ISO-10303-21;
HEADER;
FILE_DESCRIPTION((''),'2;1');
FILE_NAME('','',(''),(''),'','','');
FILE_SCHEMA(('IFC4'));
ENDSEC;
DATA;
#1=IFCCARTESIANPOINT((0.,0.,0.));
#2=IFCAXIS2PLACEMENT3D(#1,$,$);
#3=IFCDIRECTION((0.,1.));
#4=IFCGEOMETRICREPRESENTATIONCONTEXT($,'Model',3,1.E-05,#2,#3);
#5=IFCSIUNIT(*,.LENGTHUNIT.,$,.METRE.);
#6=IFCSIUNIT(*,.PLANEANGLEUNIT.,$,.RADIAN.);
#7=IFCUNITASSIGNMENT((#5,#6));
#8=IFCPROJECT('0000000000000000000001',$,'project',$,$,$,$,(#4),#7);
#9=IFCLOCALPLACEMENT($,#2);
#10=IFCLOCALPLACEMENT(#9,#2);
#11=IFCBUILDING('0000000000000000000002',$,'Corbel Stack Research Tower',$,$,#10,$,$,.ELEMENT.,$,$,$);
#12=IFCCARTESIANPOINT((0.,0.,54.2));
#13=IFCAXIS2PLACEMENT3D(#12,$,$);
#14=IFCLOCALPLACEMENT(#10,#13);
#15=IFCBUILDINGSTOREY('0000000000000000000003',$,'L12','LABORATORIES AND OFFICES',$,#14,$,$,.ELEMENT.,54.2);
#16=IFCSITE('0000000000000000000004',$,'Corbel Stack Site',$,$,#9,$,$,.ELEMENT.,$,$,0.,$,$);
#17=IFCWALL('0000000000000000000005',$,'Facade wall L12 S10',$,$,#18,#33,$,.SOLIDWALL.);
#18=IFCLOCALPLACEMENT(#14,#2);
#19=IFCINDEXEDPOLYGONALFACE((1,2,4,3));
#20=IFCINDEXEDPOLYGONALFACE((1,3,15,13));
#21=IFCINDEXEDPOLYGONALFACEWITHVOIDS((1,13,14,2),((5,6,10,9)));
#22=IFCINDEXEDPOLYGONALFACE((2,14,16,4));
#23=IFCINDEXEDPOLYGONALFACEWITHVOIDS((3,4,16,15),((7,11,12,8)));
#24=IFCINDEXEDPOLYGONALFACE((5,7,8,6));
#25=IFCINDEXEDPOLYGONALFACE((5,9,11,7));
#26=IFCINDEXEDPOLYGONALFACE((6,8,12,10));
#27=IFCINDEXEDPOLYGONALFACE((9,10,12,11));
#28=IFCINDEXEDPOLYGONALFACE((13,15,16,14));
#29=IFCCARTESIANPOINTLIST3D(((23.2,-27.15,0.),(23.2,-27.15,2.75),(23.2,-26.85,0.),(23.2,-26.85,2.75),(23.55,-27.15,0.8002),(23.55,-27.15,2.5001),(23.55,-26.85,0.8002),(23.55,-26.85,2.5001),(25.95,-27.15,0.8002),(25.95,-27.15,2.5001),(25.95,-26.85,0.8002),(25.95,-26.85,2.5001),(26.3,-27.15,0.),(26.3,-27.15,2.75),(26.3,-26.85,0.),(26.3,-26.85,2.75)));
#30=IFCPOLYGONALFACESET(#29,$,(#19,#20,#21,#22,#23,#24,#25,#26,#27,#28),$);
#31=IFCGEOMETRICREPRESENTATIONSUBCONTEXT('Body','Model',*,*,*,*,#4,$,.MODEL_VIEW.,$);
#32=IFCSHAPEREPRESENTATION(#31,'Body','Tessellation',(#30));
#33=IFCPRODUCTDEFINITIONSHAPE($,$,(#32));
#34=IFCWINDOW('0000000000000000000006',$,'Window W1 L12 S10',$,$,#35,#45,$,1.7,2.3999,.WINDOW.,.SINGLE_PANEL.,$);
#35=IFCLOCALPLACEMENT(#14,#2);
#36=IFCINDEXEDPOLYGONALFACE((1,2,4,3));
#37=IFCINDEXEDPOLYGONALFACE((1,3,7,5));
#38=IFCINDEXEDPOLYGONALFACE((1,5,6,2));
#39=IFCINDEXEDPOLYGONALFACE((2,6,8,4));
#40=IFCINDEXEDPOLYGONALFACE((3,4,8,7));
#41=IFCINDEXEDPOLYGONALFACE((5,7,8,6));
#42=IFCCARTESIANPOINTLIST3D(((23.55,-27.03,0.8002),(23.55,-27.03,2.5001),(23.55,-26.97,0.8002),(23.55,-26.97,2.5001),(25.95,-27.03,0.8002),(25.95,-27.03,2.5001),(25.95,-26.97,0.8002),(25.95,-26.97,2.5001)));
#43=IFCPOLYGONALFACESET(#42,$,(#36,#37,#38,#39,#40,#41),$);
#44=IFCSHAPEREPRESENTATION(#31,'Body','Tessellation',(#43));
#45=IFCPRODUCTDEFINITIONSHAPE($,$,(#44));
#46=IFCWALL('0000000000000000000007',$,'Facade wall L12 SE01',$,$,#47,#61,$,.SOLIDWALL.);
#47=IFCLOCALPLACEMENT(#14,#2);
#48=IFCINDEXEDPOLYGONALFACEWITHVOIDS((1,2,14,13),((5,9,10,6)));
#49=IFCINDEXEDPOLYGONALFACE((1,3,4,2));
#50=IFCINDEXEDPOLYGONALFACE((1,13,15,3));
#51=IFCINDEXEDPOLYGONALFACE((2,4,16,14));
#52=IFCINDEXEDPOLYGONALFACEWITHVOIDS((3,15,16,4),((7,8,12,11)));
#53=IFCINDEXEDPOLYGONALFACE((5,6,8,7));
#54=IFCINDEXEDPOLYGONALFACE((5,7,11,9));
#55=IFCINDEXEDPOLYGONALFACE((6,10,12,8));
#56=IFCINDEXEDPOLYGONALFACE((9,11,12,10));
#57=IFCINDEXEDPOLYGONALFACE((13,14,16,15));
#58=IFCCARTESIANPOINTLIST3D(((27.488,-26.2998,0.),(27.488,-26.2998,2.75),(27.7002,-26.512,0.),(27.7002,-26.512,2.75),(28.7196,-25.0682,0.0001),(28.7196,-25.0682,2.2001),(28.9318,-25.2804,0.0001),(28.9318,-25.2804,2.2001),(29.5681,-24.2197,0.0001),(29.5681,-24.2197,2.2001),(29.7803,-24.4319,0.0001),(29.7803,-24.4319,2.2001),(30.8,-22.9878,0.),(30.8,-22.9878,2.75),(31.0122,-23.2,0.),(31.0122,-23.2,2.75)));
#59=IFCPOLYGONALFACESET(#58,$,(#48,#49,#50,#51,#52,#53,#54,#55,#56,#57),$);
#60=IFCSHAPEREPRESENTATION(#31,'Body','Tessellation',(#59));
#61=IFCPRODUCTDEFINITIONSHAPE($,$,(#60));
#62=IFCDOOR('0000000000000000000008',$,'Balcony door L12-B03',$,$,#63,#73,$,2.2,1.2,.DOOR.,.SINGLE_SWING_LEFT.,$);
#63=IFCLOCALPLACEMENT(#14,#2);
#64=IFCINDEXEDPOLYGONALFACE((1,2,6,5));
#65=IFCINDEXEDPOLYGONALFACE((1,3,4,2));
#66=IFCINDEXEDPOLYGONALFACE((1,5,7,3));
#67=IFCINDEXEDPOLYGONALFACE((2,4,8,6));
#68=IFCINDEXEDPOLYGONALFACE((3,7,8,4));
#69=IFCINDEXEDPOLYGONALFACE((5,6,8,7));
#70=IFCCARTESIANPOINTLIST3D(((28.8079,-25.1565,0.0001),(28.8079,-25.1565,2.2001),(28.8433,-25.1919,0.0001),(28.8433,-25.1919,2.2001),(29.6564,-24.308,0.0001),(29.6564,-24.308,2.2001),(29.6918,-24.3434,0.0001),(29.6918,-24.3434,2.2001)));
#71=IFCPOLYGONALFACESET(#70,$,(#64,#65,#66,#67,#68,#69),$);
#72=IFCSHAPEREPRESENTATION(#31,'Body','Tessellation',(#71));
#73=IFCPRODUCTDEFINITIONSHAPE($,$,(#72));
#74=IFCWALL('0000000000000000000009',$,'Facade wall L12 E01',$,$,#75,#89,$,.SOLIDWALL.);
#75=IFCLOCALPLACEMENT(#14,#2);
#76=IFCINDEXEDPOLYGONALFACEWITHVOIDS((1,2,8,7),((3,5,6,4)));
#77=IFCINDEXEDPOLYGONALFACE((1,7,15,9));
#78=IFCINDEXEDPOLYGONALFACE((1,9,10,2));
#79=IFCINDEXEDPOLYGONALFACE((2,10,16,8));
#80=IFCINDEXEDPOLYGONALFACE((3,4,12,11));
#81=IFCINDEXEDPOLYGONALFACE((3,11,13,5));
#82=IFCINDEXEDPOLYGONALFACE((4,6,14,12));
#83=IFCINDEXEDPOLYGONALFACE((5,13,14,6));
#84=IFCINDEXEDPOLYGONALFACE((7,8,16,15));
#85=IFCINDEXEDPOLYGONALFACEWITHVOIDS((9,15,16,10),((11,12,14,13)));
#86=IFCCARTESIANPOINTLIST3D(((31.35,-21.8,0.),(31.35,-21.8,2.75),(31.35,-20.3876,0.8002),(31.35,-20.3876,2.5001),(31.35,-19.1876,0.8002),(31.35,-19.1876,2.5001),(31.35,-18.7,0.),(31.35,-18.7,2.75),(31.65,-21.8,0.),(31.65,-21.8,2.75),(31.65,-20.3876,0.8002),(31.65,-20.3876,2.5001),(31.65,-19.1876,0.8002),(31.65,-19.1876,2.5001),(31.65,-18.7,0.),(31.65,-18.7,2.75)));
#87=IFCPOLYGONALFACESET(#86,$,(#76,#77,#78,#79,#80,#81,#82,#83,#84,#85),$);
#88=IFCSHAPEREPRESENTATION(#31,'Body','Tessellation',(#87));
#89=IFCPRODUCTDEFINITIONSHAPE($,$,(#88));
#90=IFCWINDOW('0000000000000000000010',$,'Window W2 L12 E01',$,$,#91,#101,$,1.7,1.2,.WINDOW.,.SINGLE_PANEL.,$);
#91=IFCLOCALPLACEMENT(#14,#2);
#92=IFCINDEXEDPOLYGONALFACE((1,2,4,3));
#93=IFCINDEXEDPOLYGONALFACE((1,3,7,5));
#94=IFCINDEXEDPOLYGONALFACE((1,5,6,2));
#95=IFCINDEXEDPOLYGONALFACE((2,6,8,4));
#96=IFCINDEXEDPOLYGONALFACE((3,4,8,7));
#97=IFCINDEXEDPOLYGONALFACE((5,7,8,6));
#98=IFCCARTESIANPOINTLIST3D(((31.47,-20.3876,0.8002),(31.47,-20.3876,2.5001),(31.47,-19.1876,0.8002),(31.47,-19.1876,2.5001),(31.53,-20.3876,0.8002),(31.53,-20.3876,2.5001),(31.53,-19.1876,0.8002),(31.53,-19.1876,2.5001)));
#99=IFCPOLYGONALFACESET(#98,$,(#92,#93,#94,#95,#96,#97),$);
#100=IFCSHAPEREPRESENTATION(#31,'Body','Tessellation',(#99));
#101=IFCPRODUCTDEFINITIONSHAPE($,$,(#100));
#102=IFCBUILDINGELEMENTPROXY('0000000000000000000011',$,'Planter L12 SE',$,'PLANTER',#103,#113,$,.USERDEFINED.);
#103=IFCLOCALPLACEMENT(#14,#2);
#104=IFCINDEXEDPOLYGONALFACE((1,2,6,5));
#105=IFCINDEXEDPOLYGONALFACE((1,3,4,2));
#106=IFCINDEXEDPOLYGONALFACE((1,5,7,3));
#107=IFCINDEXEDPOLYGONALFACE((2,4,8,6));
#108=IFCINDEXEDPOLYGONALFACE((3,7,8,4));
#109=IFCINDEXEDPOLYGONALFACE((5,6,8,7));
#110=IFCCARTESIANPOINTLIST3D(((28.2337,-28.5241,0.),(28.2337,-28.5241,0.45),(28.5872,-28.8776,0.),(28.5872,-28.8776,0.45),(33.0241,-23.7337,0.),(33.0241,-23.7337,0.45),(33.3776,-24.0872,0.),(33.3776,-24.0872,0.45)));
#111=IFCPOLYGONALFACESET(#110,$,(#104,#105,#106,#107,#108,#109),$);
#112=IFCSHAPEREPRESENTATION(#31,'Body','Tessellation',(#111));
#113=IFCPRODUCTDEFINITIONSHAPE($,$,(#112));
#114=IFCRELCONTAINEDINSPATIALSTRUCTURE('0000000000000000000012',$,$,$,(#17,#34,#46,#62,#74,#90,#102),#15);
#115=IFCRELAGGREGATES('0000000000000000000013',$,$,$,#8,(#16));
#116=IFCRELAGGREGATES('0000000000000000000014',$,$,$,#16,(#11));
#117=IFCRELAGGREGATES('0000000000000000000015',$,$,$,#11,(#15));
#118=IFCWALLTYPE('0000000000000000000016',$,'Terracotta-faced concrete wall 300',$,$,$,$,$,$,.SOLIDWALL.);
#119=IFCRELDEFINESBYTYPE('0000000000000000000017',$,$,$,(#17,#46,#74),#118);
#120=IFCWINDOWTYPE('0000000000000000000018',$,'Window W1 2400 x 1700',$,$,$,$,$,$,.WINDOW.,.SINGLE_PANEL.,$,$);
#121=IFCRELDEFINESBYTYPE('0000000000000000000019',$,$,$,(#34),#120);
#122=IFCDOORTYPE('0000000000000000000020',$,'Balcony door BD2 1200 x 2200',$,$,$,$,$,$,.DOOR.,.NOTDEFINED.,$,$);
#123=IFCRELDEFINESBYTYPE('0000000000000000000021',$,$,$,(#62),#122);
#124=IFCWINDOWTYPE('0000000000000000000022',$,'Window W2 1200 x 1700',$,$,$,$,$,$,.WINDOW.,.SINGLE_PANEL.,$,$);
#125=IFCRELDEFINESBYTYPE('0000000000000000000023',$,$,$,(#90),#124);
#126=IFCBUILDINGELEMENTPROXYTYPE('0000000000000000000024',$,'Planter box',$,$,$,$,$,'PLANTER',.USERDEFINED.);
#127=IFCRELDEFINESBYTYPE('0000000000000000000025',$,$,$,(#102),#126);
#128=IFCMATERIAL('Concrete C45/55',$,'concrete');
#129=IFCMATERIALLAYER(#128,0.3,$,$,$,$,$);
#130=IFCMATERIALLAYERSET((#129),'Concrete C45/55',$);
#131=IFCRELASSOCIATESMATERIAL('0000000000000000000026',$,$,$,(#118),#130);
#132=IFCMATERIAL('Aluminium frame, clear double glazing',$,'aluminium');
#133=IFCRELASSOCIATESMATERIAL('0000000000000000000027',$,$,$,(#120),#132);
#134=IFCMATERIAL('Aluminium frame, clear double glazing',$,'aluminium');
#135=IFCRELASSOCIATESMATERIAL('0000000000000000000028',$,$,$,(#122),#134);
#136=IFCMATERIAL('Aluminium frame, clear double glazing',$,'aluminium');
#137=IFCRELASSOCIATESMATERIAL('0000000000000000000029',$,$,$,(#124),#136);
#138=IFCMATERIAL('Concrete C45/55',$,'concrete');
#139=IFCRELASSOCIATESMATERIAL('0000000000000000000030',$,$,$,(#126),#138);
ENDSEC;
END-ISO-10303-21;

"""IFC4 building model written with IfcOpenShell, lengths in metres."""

from ifc_helpers import new_model, si_unit, direction, frame, frame_2d, origin, origin_2d, place, context, subcontext, project, spatial, rectangle, extrude, material, layer, layer_set, type_object, element, fill, save


model = new_model("IFC4")

# Units and contexts
model_context = context("Model", 3, precision=1e-05, world=origin(), true_north=direction((0.0, 1.0)))
body_context = subcontext(model_context, "Body", "Model", "MODEL_VIEW")
ifc_project = project(units=[si_unit("LENGTHUNIT", "METRE"), si_unit("PLANEANGLEUNIT", "RADIAN")], contexts=[model_context])

# Site, building, storey
site_placement = place(None, origin())
site = spatial("IfcSite", under=ifc_project, at=site_placement, Name="Corbel Stack Site", CompositionType="ELEMENT", RefElevation=0.0)
building_placement = place(site_placement, origin())
building = spatial("IfcBuilding", under=site, at=building_placement, Name="Corbel Stack Research Tower", CompositionType="ELEMENT")
storey_placement = place(building_placement, frame((0.0, 0.0, 54.2)))
storey = spatial("IfcBuildingStorey", under=building, at=storey_placement, Name="L12", Description="LABORATORIES AND OFFICES", CompositionType="ELEMENT", Elevation=54.2)

# Shared definitions
ifc_material_1 = material(Name="Concrete C45/55", Category="concrete")
ifc_layer_1 = layer(ifc_material_1, 0.3)
ifc_layer_set_1 = layer_set([ifc_layer_1], Name="Concrete C45/55")
wall_type_1 = type_object("IfcWallType", Name="Terracotta-faced concrete wall 300", PredefinedType="SOLIDWALL", material=ifc_layer_set_1)

# Wall, opening, window
wall_1_placement = place(storey_placement, frame((26.3, -27.0, 0.0), z_axis=(0.0, 0.0, 1.0), x_axis=(-1.0, 0.0, 0.0)))
wall_1 = element("IfcWall", 1, at=wall_1_placement, inside=storey, type_object=wall_type_1, Name="Facade wall L12 S10", PredefinedType="SOLIDWALL", context=body_context, shape_type="SweptSolid", body=[
    extrude(rectangle(XDim=3.1001, YDim=0.3, at=frame_2d((1.55, 0.0))), origin(), (0.0, 0.0, 1.0), 2.75),
])
opening_1_placement = place(wall_1_placement, frame((0.3501, 0.0, 0.8)))
opening_1 = element("IfcOpeningElement", 2, at=opening_1_placement, cuts=wall_1, PredefinedType="OPENING", context=body_context, shape_type="SweptSolid", body=[
    extrude(rectangle(XDim=2.3999, YDim=1.7, at=frame_2d((1.2, 0.8501))), frame((0.0, 0.1599, 0.0), z_axis=(0.0, -1.0, 0.0), x_axis=(1.0, 0.0, 0.0)), (0.0, 0.0, 1.0), 0.3201),
])
ifc_material_2 = material(Name="Aluminium frame, clear double glazing", Category="aluminium")
window_type_1 = type_object("IfcWindowType", Name="Window W1 2400 x 1700", PartitioningType="SINGLE_PANEL", PredefinedType="WINDOW", material=ifc_material_2)
window_1_placement = place(opening_1_placement, origin())
window_1 = element("IfcWindow", 3, at=window_1_placement, inside=storey, type_object=window_type_1, Name="Window W1 L12 S10", OverallHeight=1.7, OverallWidth=2.3999, PartitioningType="SINGLE_PANEL", PredefinedType="WINDOW", context=body_context, shape_type="SweptSolid", body=[
    extrude(rectangle(XDim=2.3999, YDim=1.7, at=frame_2d((1.2, 0.8501))), frame((0.0, 0.03, 0.0), z_axis=(0.0, -1.0, 0.0), x_axis=(1.0, 0.0, 0.0)), (0.0, 0.0, 1.0), 0.0601),
])
fill(opening_1, window_1)

# Wall, opening, door
wall_2_placement = place(storey_placement, frame((30.906, -23.094, 0.0), z_axis=(0.0, 0.0, 1.0), x_axis=(-0.707107, -0.707107, 0.0)))
wall_2 = element("IfcWall", 4, at=wall_2_placement, inside=storey, type_object=wall_type_1, Name="Facade wall L12 SE01", PredefinedType="SOLIDWALL", context=body_context, shape_type="SweptSolid", body=[
    extrude(rectangle(XDim=4.6838, YDim=0.3, at=frame_2d((2.3418, 0.0))), origin(), (0.0, 0.0, 1.0), 2.75),
])
opening_2_placement = place(wall_2_placement, frame((1.7419, 0.0, 0.0)))
opening_2 = element("IfcOpeningElement", 5, at=opening_2_placement, cuts=wall_2, PredefinedType="OPENING", context=body_context, shape_type="SweptSolid", body=[
    extrude(rectangle(XDim=1.2, YDim=2.2, at=frame_2d((0.6001, 1.1001))), frame((0.0, 0.1599, 0.0), z_axis=(0.0, -1.0, 0.0), x_axis=(1.0, 0.0, 0.0)), (0.0, 0.0, 1.0), 0.3201),
])
ifc_material_3 = material(Name="Aluminium frame, clear double glazing", Category="aluminium")
door_type_1 = type_object("IfcDoorType", Name="Balcony door BD2 1200 x 2200", OperationType="NOTDEFINED", PredefinedType="DOOR", material=ifc_material_3)
door_1_placement = place(opening_2_placement, origin())
door_1 = element("IfcDoor", 6, at=door_1_placement, inside=storey, type_object=door_type_1, Name="Balcony door L12-B03", OperationType="SINGLE_SWING_LEFT", OverallHeight=2.2, OverallWidth=1.2, PredefinedType="DOOR", context=body_context, shape_type="SweptSolid", body=[
    extrude(rectangle(XDim=1.2, YDim=2.2, at=frame_2d((0.6001, 1.1001))), frame((0.0, 0.0249, 0.0), z_axis=(0.0, -1.0, 0.0), x_axis=(1.0, 0.0, 0.0)), (0.0, 0.0, 1.0), 0.05),
])
fill(opening_2, door_1)

# Wall, opening, window
wall_3_placement = place(storey_placement, frame((31.5, -18.7, 0.0), z_axis=(0.0, 0.0, 1.0), x_axis=(0.0, -1.0, 0.0)))
wall_3 = element("IfcWall", 7, at=wall_3_placement, inside=storey, type_object=wall_type_1, Name="Facade wall L12 E01", PredefinedType="SOLIDWALL", context=body_context, shape_type="SweptSolid", body=[
    extrude(rectangle(XDim=3.1001, YDim=0.3, at=frame_2d((1.55, 0.0))), origin(), (0.0, 0.0, 1.0), 2.75),
])
opening_3_placement = place(wall_3_placement, frame((0.4875, 0.0, 0.8)))
opening_3 = element("IfcOpeningElement", 8, at=opening_3_placement, cuts=wall_3, PredefinedType="OPENING", context=body_context, shape_type="SweptSolid", body=[
    extrude(rectangle(XDim=1.2, YDim=1.7, at=frame_2d((0.6001, 0.8501))), frame((0.0, 0.1599, 0.0), z_axis=(0.0, -1.0, 0.0), x_axis=(1.0, 0.0, 0.0)), (0.0, 0.0, 1.0), 0.3201),
])
ifc_material_4 = material(Name="Aluminium frame, clear double glazing", Category="aluminium")
window_type_2 = type_object("IfcWindowType", Name="Window W2 1200 x 1700", PartitioningType="SINGLE_PANEL", PredefinedType="WINDOW", material=ifc_material_4)
window_2_placement = place(opening_3_placement, origin())
window_2 = element("IfcWindow", 9, at=window_2_placement, inside=storey, type_object=window_type_2, Name="Window W2 L12 E01", OverallHeight=1.7, OverallWidth=1.2, PartitioningType="SINGLE_PANEL", PredefinedType="WINDOW", context=body_context, shape_type="SweptSolid", body=[
    extrude(rectangle(XDim=1.2, YDim=1.7, at=frame_2d((0.6001, 0.8501))), frame((0.0, 0.03, 0.0), z_axis=(0.0, -1.0, 0.0), x_axis=(1.0, 0.0, 0.0)), (0.0, 0.0, 1.0), 0.0601),
])
fill(opening_3, window_2)

# Building element proxy
ifc_material_5 = material(Name="Concrete C45/55", Category="concrete")
building_element_proxy_type = type_object("IfcBuildingElementProxyType", Name="Planter box", ElementType="PLANTER", PredefinedType="USERDEFINED", material=ifc_material_5)
proxy_placement = place(storey_placement, frame((30.8057, -26.3057, 0.0), z_axis=(0.0, 0.0, 1.0), x_axis=(0.707107, 0.707107, 0.0)))
element("IfcBuildingElementProxy", 10, at=proxy_placement, inside=storey, type_object=building_element_proxy_type, Name="Planter L12 SE", ObjectType="PLANTER", PredefinedType="USERDEFINED", context=body_context, shape_type="SweptSolid", body=[
    extrude(rectangle(XDim=6.7747, YDim=0.5, at=origin_2d()), origin(), (0.0, 0.0, 1.0), 0.45),
])

save(model, "model.ifc")
